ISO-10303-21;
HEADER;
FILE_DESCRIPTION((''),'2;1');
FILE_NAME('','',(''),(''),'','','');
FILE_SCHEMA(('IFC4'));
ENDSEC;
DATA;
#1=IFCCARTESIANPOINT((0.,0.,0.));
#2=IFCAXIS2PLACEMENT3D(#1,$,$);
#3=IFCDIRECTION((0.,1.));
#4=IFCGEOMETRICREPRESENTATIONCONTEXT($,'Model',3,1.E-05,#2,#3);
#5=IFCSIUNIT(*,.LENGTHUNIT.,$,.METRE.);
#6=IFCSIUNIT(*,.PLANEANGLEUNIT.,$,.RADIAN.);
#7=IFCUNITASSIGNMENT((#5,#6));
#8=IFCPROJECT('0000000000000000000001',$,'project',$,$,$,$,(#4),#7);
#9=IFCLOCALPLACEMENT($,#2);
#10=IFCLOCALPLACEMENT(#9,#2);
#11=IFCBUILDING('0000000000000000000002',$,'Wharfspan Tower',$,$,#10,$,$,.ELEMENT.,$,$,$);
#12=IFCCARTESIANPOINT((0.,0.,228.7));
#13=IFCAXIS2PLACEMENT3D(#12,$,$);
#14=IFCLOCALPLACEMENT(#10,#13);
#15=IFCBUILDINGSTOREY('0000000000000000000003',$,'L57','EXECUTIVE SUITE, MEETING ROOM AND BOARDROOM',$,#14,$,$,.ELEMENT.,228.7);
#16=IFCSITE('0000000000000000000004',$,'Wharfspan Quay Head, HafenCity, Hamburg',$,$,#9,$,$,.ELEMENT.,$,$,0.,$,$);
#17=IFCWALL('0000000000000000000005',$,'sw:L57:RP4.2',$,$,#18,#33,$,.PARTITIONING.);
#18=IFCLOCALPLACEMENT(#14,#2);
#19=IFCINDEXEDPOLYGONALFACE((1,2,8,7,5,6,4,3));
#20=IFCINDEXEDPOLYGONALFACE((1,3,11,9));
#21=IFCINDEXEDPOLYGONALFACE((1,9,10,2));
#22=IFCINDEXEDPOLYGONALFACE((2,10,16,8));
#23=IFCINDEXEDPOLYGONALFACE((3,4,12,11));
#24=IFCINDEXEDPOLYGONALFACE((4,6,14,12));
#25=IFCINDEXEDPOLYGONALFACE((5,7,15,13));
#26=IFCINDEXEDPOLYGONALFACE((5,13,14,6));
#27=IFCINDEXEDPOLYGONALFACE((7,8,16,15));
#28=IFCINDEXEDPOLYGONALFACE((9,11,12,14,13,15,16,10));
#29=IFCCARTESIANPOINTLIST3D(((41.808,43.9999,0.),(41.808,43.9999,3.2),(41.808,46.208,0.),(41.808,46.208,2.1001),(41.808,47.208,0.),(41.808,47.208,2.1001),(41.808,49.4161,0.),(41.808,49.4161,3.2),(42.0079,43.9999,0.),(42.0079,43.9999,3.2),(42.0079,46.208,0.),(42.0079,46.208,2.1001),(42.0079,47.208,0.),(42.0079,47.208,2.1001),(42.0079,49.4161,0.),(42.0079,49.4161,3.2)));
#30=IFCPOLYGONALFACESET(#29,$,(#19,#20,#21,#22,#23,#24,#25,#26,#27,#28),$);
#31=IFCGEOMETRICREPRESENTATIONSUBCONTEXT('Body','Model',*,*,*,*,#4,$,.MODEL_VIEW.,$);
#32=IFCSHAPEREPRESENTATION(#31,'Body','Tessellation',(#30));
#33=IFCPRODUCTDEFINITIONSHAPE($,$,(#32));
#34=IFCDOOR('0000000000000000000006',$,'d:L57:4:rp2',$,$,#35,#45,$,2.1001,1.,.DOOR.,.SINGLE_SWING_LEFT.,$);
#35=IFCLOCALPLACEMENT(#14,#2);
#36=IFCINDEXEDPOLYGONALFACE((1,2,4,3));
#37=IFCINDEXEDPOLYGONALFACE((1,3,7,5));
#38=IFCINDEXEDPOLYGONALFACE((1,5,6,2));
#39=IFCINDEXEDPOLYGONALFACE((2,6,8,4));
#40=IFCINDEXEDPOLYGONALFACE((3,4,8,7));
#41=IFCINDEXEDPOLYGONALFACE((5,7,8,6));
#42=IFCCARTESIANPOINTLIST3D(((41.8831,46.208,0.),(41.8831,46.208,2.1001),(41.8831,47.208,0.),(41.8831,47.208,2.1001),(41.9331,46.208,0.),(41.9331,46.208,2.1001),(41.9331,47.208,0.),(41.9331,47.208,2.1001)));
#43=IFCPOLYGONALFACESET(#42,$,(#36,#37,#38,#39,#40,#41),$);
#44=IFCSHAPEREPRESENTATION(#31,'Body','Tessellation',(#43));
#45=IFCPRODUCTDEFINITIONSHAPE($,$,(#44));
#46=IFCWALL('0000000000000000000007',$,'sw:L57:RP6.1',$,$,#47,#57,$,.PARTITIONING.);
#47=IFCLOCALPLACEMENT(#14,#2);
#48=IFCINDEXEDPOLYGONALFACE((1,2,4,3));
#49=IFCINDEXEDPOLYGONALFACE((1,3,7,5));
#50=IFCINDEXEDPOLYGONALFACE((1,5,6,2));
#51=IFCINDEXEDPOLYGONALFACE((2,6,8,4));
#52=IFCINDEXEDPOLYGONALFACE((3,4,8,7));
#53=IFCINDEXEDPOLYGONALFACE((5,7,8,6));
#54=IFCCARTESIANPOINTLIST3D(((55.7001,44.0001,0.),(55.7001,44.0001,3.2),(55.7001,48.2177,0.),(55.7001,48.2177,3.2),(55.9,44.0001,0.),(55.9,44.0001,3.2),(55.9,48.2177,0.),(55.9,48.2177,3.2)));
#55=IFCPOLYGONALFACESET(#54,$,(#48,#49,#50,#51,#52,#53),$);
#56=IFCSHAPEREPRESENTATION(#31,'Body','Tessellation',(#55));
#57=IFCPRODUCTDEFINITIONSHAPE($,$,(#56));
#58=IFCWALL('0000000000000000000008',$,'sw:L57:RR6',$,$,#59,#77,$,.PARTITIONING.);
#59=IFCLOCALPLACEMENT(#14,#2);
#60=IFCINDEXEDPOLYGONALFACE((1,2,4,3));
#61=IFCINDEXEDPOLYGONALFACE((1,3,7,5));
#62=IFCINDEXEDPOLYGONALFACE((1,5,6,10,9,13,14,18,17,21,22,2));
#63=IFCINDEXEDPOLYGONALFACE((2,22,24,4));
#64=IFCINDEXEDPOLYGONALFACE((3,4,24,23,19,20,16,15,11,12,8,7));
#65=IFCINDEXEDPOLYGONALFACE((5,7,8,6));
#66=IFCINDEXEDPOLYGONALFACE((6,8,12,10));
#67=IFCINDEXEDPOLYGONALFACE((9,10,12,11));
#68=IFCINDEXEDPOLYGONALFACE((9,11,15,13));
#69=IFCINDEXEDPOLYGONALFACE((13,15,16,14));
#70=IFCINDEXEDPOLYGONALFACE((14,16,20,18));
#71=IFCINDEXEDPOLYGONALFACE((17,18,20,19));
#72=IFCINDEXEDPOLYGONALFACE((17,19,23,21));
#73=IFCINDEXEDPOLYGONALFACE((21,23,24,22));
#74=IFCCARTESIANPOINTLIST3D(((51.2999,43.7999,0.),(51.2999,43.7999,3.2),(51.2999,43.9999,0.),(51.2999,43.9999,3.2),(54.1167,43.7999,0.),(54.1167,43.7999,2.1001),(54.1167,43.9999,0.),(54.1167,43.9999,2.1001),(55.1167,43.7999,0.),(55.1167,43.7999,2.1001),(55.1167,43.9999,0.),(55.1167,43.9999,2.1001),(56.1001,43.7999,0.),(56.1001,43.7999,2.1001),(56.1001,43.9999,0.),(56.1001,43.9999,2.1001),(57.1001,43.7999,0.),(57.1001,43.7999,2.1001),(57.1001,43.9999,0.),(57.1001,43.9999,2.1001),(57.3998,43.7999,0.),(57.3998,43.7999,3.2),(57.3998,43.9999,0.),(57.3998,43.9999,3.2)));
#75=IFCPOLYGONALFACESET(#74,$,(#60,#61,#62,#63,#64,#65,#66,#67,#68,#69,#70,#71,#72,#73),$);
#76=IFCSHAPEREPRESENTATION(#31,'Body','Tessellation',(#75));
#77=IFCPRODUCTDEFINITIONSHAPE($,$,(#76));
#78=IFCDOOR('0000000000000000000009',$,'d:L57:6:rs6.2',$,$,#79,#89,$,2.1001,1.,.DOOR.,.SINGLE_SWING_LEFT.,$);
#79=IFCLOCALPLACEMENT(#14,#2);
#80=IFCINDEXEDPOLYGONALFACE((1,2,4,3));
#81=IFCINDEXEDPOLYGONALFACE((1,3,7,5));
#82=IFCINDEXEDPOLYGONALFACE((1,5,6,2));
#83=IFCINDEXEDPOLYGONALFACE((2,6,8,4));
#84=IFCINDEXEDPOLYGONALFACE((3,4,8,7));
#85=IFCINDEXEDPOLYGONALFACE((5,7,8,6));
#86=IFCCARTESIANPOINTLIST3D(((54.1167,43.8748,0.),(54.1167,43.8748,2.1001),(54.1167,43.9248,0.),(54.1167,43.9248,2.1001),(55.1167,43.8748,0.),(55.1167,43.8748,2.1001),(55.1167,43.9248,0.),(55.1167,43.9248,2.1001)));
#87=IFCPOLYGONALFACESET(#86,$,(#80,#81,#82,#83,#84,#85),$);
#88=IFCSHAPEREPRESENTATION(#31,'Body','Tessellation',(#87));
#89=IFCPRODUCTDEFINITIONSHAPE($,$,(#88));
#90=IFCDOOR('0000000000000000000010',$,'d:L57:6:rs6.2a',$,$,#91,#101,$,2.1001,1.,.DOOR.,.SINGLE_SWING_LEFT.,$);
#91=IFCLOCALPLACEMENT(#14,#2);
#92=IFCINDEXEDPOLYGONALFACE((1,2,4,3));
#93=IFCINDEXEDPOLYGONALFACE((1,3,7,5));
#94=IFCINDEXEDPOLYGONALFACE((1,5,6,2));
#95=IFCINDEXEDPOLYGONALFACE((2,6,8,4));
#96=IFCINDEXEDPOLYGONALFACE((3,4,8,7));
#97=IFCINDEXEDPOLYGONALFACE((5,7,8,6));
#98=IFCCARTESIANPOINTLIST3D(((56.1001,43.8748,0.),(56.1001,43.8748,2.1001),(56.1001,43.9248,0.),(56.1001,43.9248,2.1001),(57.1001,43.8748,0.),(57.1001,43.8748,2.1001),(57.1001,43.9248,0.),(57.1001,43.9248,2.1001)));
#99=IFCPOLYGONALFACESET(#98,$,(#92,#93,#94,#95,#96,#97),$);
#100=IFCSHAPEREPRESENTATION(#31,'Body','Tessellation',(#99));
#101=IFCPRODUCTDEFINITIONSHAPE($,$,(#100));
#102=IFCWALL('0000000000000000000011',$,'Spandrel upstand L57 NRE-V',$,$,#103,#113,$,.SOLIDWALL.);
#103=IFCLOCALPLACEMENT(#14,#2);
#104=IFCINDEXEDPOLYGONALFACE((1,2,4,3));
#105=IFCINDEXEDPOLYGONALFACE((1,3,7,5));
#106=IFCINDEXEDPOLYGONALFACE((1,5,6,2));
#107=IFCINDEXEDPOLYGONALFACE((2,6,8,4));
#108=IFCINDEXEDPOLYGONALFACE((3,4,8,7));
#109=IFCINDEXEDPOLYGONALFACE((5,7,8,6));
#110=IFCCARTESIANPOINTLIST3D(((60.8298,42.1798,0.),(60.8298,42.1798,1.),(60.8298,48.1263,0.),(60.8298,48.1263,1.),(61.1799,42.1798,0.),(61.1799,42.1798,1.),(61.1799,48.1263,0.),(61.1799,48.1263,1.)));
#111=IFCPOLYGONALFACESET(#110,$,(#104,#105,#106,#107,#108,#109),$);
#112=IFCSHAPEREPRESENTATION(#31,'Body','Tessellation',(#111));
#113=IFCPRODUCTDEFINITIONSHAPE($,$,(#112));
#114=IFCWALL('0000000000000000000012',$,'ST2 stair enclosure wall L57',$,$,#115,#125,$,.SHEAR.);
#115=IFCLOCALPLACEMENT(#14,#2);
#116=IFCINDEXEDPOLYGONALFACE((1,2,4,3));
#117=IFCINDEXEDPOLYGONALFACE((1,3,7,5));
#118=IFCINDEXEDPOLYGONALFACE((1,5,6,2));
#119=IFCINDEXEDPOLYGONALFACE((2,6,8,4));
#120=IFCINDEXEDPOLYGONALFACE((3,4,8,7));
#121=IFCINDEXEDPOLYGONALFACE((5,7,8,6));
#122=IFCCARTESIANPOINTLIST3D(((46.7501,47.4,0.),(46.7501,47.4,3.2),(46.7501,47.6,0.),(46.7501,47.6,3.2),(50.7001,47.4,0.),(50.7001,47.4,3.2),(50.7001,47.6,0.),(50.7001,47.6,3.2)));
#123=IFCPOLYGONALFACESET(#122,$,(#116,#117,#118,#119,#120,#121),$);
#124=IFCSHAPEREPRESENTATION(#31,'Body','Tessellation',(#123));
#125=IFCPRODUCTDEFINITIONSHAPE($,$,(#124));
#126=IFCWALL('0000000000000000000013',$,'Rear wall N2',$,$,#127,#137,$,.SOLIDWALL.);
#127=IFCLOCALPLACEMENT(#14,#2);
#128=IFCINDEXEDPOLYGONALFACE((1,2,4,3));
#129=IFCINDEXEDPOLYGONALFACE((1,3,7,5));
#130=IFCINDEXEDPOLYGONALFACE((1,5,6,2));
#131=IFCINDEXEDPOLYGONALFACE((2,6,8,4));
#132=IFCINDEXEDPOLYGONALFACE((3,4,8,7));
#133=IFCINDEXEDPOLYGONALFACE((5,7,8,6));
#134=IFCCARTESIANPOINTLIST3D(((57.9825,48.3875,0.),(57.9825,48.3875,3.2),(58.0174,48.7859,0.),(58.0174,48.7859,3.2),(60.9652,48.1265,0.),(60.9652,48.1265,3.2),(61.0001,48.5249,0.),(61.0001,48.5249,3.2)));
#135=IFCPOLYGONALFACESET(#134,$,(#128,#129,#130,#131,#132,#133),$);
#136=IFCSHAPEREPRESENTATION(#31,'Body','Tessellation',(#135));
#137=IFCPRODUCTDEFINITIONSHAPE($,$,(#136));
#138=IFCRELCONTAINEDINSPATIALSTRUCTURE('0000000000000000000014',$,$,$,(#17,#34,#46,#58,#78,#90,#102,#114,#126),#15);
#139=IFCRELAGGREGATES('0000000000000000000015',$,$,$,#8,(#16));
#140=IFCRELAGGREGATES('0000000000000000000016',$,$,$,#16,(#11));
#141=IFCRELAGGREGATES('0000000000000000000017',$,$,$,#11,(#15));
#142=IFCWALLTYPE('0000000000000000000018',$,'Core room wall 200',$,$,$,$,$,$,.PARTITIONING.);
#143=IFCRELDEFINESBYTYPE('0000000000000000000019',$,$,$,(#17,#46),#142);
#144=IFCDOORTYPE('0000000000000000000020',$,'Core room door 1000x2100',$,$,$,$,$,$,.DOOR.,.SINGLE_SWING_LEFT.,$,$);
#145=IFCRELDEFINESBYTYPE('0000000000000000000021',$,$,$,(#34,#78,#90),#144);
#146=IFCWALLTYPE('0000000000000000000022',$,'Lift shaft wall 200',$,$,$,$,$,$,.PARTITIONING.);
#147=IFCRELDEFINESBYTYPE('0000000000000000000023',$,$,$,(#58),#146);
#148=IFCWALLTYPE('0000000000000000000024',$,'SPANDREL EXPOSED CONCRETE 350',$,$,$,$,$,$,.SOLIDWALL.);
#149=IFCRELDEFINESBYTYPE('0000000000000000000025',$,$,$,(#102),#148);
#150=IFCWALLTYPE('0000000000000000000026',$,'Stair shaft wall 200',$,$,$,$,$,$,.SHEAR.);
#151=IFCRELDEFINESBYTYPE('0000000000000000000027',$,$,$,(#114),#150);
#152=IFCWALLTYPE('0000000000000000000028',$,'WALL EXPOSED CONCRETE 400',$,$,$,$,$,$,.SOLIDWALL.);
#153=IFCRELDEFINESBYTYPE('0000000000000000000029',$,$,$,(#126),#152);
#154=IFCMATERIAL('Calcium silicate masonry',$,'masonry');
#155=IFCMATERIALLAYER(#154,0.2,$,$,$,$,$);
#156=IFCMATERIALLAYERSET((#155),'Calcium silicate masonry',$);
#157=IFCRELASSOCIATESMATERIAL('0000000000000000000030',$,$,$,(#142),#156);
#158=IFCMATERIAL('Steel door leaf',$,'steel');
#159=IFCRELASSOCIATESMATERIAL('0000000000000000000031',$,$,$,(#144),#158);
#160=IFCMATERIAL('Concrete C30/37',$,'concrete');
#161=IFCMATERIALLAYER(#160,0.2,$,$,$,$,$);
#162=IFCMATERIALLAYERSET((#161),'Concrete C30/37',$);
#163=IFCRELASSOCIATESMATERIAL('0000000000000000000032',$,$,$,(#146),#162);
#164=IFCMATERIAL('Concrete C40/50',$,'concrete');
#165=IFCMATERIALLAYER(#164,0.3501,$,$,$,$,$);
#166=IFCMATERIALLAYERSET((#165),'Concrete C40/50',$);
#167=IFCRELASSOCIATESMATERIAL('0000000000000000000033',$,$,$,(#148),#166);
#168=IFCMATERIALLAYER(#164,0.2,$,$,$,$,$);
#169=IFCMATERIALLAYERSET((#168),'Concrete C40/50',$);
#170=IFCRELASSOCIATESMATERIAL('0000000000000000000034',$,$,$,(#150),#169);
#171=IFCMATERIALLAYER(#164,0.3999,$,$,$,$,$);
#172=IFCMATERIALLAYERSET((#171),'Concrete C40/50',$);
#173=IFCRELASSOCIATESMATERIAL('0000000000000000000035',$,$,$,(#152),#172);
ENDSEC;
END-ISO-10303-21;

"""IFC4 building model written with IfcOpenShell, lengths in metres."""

from ifc_helpers import new_model, si_unit, direction, frame, frame_2d, origin, place, context, subcontext, project, spatial, rectangle, extrude, material, layer, layer_set, type_object, element, fill, save


model = new_model("IFC4")

# Units and contexts
model_context = context("Model", 3, precision=1e-05, world=origin(), true_north=direction((0.0, 1.0)))
body_context = subcontext(model_context, "Body", "Model", "MODEL_VIEW")
ifc_project = project(units=[si_unit("LENGTHUNIT", "METRE"), si_unit("PLANEANGLEUNIT", "RADIAN")], contexts=[model_context])

# Site, building, storey
site_placement = place(None, origin())
site = spatial("IfcSite", under=ifc_project, at=site_placement, Name="Wharfspan Quay Head, HafenCity, Hamburg", CompositionType="ELEMENT", RefElevation=0.0)
building_placement = place(site_placement, origin())
building = spatial("IfcBuilding", under=site, at=building_placement, Name="Wharfspan Tower", CompositionType="ELEMENT")
storey_placement = place(building_placement, frame((0.0, 0.0, 228.7)))
storey = spatial("IfcBuildingStorey", under=building, at=storey_placement, Name="L57", Description="EXECUTIVE SUITE, MEETING ROOM AND BOARDROOM", CompositionType="ELEMENT", Elevation=228.7)

# Wall, opening, door
ifc_material_1 = material(Name="Calcium silicate masonry", Category="masonry")
ifc_layer_1 = layer(ifc_material_1, 0.2)
ifc_layer_set_1 = layer_set([ifc_layer_1], Name="Calcium silicate masonry")
wall_type_1 = type_object("IfcWallType", Name="Core room wall 200", PredefinedType="PARTITIONING", material=ifc_layer_set_1)
wall_1_placement = place(storey_placement, frame((41.908, 44.0, 0.0), z_axis=(0.0, 0.0, 1.0), x_axis=(0.0, 1.0, 0.0)))
wall_1 = element("IfcWall", 1, at=wall_1_placement, inside=storey, type_object=wall_type_1, Name="sw:L57:RP4.2", PredefinedType="PARTITIONING", context=body_context, shape_type="SweptSolid", body=[
    extrude(rectangle(XDim=5.4163, YDim=0.2, at=frame_2d((2.708, 0.0))), origin(), (0.0, 0.0, 1.0), 3.2),
])
opening_1_placement = place(wall_1_placement, frame((2.208, 0.0, 0.0)))
opening_1 = element("IfcOpeningElement", 2, at=opening_1_placement, cuts=wall_1, PredefinedType="OPENING", context=body_context, shape_type="SweptSolid", body=[
    extrude(rectangle(XDim=1.0, YDim=2.1001, at=frame_2d((0.5, 1.05))), frame((0.0, 0.1099, 0.0), z_axis=(0.0, -1.0, 0.0), x_axis=(1.0, 0.0, 0.0)), (0.0, 0.0, 1.0), 0.22),
])
ifc_material_2 = material(Name="Steel door leaf", Category="steel")
door_type = type_object("IfcDoorType", Name="Core room door 1000x2100", OperationType="SINGLE_SWING_LEFT", PredefinedType="DOOR", material=ifc_material_2)
door_1_placement = place(opening_1_placement, origin())
door_1 = element("IfcDoor", 3, at=door_1_placement, inside=storey, type_object=door_type, Name="d:L57:4:rp2", OperationType="SINGLE_SWING_LEFT", OverallHeight=2.1001, OverallWidth=1.0, PredefinedType="DOOR", context=body_context, shape_type="SweptSolid", body=[
    extrude(rectangle(XDim=1.0, YDim=2.1001, at=frame_2d((0.5, 1.05))), frame((0.0, 0.0249, 0.0), z_axis=(0.0, -1.0, 0.0), x_axis=(1.0, 0.0, 0.0)), (0.0, 0.0, 1.0), 0.05),
])
fill(opening_1, door_1)

# Wall
wall_2_placement = place(storey_placement, frame((55.8, 44.0, 0.0), z_axis=(0.0, 0.0, 1.0), x_axis=(0.0, 1.0, 0.0)))
element("IfcWall", 4, at=wall_2_placement, inside=storey, type_object=wall_type_1, Name="sw:L57:RP6.1", PredefinedType="PARTITIONING", context=body_context, shape_type="SweptSolid", body=[
    extrude(rectangle(XDim=4.2175, YDim=0.2, at=frame_2d((2.1089, 0.0))), origin(), (0.0, 0.0, 1.0), 3.2),
])

# Wall, openings, doors
ifc_material_3 = material(Name="Concrete C30/37", Category="concrete")
ifc_layer_2 = layer(ifc_material_3, 0.2)
ifc_layer_set_2 = layer_set([ifc_layer_2], Name="Concrete C30/37")
wall_type_2 = type_object("IfcWallType", Name="Lift shaft wall 200", PredefinedType="PARTITIONING", material=ifc_layer_set_2)
wall_3_placement = place(storey_placement, frame((51.3, 43.8999, 0.0), z_axis=(0.0, 0.0, 1.0), x_axis=(1.0, 0.0, 0.0)))
wall_3 = element("IfcWall", 5, at=wall_3_placement, inside=storey, type_object=wall_type_2, Name="sw:L57:RR6", PredefinedType="PARTITIONING", context=body_context, shape_type="SweptSolid", body=[
    extrude(rectangle(XDim=6.0999, YDim=0.2, at=frame_2d((3.0498, 0.0))), origin(), (0.0, 0.0, 1.0), 3.2),
])
opening_2_placement = place(wall_3_placement, frame((2.8167, 0.0, 0.0)))
opening_2 = element("IfcOpeningElement", 6, at=opening_2_placement, cuts=wall_3, PredefinedType="OPENING", context=body_context, shape_type="SweptSolid", body=[
    extrude(rectangle(XDim=1.0, YDim=2.1001, at=frame_2d((0.5, 1.05))), frame((0.0, 0.1099, 0.0), z_axis=(0.0, -1.0, 0.0), x_axis=(1.0, 0.0, 0.0)), (0.0, 0.0, 1.0), 0.22),
])
opening_3_placement = place(wall_3_placement, frame((4.8, 0.0, 0.0)))
opening_3 = element("IfcOpeningElement", 7, at=opening_3_placement, cuts=wall_3, PredefinedType="OPENING", context=body_context, shape_type="SweptSolid", body=[
    extrude(rectangle(XDim=1.0, YDim=2.1001, at=frame_2d((0.5, 1.05))), frame((0.0, 0.1099, 0.0), z_axis=(0.0, -1.0, 0.0), x_axis=(1.0, 0.0, 0.0)), (0.0, 0.0, 1.0), 0.22),
])
door_2_placement = place(opening_2_placement, origin())
door_2 = element("IfcDoor", 8, at=door_2_placement, inside=storey, type_object=door_type, Name="d:L57:6:rs6.2", OperationType="SINGLE_SWING_LEFT", OverallHeight=2.1001, OverallWidth=1.0, PredefinedType="DOOR", context=body_context, shape_type="SweptSolid", body=[
    extrude(rectangle(XDim=1.0, YDim=2.1001, at=frame_2d((0.5, 1.05))), frame((0.0, 0.0249, 0.0), z_axis=(0.0, -1.0, 0.0), x_axis=(1.0, 0.0, 0.0)), (0.0, 0.0, 1.0), 0.05),
])
fill(opening_2, door_2)
door_3_placement = place(opening_3_placement, origin())
door_3 = element("IfcDoor", 9, at=door_3_placement, inside=storey, type_object=door_type, Name="d:L57:6:rs6.2a", OperationType="SINGLE_SWING_LEFT", OverallHeight=2.1001, OverallWidth=1.0, PredefinedType="DOOR", context=body_context, shape_type="SweptSolid", body=[
    extrude(rectangle(XDim=1.0, YDim=2.1001, at=frame_2d((0.5, 1.05))), frame((0.0, 0.0249, 0.0), z_axis=(0.0, -1.0, 0.0), x_axis=(1.0, 0.0, 0.0)), (0.0, 0.0, 1.0), 0.05),
])
fill(opening_3, door_3)

# Walls
ifc_material_4 = material(Name="Concrete C40/50", Category="concrete")
ifc_layer_3 = layer(ifc_material_4, 0.3501)
ifc_layer_set_3 = layer_set([ifc_layer_3], Name="Concrete C40/50")
wall_type_3 = type_object("IfcWallType", Name="SPANDREL EXPOSED CONCRETE 350", PredefinedType="SOLIDWALL", material=ifc_layer_set_3)
wall_4_placement = place(storey_placement, frame((61.0049, 42.1799, 0.0), z_axis=(0.0, 0.0, 1.0), x_axis=(0.0, 1.0, 0.0)))
element("IfcWall", 10, at=wall_4_placement, inside=storey, type_object=wall_type_3, Name="Spandrel upstand L57 NRE-V", PredefinedType="SOLIDWALL", context=body_context, shape_type="SweptSolid", body=[
    extrude(rectangle(XDim=5.9465, YDim=0.3501, at=frame_2d((2.9731, 0.0))), origin(), (0.0, 0.0, 1.0), 1.0),
])
ifc_layer_4 = layer(ifc_material_4, 0.2)
ifc_layer_set_4 = layer_set([ifc_layer_4], Name="Concrete C40/50")
wall_type_4 = type_object("IfcWallType", Name="Stair shaft wall 200", PredefinedType="SHEAR", material=ifc_layer_set_4)
wall_5_placement = place(storey_placement, frame((46.75, 47.5, 0.0), z_axis=(0.0, 0.0, 1.0), x_axis=(1.0, 0.0, 0.0)))
element("IfcWall", 11, at=wall_5_placement, inside=storey, type_object=wall_type_4, Name="ST2 stair enclosure wall L57", PredefinedType="SHEAR", context=body_context, shape_type="SweptSolid", body=[
    extrude(rectangle(XDim=3.95, YDim=0.2, at=frame_2d((1.9751, 0.0))), origin(), (0.0, 0.0, 1.0), 3.2),
])
ifc_layer_5 = layer(ifc_material_4, 0.3999)
ifc_layer_set_5 = layer_set([ifc_layer_5], Name="Concrete C40/50")
wall_type_5 = type_object("IfcWallType", Name="WALL EXPOSED CONCRETE 400", PredefinedType="SOLIDWALL", material=ifc_layer_set_5)
wall_6_placement = place(storey_placement, frame((60.9827, 48.3257, 0.0), z_axis=(0.0, 0.0, 1.0), x_axis=(-0.996194, 0.087168, 0.0)))
element("IfcWall", 12, at=wall_6_placement, inside=storey, type_object=wall_type_5, Name="Rear wall N2", PredefinedType="SOLIDWALL", context=body_context, shape_type="SweptSolid", body=[
    extrude(rectangle(XDim=2.9941, YDim=0.3999, at=frame_2d((1.4971, 0.0))), origin(), (0.0, 0.0, 1.0), 3.2),
])

save(model, "model.ifc")
